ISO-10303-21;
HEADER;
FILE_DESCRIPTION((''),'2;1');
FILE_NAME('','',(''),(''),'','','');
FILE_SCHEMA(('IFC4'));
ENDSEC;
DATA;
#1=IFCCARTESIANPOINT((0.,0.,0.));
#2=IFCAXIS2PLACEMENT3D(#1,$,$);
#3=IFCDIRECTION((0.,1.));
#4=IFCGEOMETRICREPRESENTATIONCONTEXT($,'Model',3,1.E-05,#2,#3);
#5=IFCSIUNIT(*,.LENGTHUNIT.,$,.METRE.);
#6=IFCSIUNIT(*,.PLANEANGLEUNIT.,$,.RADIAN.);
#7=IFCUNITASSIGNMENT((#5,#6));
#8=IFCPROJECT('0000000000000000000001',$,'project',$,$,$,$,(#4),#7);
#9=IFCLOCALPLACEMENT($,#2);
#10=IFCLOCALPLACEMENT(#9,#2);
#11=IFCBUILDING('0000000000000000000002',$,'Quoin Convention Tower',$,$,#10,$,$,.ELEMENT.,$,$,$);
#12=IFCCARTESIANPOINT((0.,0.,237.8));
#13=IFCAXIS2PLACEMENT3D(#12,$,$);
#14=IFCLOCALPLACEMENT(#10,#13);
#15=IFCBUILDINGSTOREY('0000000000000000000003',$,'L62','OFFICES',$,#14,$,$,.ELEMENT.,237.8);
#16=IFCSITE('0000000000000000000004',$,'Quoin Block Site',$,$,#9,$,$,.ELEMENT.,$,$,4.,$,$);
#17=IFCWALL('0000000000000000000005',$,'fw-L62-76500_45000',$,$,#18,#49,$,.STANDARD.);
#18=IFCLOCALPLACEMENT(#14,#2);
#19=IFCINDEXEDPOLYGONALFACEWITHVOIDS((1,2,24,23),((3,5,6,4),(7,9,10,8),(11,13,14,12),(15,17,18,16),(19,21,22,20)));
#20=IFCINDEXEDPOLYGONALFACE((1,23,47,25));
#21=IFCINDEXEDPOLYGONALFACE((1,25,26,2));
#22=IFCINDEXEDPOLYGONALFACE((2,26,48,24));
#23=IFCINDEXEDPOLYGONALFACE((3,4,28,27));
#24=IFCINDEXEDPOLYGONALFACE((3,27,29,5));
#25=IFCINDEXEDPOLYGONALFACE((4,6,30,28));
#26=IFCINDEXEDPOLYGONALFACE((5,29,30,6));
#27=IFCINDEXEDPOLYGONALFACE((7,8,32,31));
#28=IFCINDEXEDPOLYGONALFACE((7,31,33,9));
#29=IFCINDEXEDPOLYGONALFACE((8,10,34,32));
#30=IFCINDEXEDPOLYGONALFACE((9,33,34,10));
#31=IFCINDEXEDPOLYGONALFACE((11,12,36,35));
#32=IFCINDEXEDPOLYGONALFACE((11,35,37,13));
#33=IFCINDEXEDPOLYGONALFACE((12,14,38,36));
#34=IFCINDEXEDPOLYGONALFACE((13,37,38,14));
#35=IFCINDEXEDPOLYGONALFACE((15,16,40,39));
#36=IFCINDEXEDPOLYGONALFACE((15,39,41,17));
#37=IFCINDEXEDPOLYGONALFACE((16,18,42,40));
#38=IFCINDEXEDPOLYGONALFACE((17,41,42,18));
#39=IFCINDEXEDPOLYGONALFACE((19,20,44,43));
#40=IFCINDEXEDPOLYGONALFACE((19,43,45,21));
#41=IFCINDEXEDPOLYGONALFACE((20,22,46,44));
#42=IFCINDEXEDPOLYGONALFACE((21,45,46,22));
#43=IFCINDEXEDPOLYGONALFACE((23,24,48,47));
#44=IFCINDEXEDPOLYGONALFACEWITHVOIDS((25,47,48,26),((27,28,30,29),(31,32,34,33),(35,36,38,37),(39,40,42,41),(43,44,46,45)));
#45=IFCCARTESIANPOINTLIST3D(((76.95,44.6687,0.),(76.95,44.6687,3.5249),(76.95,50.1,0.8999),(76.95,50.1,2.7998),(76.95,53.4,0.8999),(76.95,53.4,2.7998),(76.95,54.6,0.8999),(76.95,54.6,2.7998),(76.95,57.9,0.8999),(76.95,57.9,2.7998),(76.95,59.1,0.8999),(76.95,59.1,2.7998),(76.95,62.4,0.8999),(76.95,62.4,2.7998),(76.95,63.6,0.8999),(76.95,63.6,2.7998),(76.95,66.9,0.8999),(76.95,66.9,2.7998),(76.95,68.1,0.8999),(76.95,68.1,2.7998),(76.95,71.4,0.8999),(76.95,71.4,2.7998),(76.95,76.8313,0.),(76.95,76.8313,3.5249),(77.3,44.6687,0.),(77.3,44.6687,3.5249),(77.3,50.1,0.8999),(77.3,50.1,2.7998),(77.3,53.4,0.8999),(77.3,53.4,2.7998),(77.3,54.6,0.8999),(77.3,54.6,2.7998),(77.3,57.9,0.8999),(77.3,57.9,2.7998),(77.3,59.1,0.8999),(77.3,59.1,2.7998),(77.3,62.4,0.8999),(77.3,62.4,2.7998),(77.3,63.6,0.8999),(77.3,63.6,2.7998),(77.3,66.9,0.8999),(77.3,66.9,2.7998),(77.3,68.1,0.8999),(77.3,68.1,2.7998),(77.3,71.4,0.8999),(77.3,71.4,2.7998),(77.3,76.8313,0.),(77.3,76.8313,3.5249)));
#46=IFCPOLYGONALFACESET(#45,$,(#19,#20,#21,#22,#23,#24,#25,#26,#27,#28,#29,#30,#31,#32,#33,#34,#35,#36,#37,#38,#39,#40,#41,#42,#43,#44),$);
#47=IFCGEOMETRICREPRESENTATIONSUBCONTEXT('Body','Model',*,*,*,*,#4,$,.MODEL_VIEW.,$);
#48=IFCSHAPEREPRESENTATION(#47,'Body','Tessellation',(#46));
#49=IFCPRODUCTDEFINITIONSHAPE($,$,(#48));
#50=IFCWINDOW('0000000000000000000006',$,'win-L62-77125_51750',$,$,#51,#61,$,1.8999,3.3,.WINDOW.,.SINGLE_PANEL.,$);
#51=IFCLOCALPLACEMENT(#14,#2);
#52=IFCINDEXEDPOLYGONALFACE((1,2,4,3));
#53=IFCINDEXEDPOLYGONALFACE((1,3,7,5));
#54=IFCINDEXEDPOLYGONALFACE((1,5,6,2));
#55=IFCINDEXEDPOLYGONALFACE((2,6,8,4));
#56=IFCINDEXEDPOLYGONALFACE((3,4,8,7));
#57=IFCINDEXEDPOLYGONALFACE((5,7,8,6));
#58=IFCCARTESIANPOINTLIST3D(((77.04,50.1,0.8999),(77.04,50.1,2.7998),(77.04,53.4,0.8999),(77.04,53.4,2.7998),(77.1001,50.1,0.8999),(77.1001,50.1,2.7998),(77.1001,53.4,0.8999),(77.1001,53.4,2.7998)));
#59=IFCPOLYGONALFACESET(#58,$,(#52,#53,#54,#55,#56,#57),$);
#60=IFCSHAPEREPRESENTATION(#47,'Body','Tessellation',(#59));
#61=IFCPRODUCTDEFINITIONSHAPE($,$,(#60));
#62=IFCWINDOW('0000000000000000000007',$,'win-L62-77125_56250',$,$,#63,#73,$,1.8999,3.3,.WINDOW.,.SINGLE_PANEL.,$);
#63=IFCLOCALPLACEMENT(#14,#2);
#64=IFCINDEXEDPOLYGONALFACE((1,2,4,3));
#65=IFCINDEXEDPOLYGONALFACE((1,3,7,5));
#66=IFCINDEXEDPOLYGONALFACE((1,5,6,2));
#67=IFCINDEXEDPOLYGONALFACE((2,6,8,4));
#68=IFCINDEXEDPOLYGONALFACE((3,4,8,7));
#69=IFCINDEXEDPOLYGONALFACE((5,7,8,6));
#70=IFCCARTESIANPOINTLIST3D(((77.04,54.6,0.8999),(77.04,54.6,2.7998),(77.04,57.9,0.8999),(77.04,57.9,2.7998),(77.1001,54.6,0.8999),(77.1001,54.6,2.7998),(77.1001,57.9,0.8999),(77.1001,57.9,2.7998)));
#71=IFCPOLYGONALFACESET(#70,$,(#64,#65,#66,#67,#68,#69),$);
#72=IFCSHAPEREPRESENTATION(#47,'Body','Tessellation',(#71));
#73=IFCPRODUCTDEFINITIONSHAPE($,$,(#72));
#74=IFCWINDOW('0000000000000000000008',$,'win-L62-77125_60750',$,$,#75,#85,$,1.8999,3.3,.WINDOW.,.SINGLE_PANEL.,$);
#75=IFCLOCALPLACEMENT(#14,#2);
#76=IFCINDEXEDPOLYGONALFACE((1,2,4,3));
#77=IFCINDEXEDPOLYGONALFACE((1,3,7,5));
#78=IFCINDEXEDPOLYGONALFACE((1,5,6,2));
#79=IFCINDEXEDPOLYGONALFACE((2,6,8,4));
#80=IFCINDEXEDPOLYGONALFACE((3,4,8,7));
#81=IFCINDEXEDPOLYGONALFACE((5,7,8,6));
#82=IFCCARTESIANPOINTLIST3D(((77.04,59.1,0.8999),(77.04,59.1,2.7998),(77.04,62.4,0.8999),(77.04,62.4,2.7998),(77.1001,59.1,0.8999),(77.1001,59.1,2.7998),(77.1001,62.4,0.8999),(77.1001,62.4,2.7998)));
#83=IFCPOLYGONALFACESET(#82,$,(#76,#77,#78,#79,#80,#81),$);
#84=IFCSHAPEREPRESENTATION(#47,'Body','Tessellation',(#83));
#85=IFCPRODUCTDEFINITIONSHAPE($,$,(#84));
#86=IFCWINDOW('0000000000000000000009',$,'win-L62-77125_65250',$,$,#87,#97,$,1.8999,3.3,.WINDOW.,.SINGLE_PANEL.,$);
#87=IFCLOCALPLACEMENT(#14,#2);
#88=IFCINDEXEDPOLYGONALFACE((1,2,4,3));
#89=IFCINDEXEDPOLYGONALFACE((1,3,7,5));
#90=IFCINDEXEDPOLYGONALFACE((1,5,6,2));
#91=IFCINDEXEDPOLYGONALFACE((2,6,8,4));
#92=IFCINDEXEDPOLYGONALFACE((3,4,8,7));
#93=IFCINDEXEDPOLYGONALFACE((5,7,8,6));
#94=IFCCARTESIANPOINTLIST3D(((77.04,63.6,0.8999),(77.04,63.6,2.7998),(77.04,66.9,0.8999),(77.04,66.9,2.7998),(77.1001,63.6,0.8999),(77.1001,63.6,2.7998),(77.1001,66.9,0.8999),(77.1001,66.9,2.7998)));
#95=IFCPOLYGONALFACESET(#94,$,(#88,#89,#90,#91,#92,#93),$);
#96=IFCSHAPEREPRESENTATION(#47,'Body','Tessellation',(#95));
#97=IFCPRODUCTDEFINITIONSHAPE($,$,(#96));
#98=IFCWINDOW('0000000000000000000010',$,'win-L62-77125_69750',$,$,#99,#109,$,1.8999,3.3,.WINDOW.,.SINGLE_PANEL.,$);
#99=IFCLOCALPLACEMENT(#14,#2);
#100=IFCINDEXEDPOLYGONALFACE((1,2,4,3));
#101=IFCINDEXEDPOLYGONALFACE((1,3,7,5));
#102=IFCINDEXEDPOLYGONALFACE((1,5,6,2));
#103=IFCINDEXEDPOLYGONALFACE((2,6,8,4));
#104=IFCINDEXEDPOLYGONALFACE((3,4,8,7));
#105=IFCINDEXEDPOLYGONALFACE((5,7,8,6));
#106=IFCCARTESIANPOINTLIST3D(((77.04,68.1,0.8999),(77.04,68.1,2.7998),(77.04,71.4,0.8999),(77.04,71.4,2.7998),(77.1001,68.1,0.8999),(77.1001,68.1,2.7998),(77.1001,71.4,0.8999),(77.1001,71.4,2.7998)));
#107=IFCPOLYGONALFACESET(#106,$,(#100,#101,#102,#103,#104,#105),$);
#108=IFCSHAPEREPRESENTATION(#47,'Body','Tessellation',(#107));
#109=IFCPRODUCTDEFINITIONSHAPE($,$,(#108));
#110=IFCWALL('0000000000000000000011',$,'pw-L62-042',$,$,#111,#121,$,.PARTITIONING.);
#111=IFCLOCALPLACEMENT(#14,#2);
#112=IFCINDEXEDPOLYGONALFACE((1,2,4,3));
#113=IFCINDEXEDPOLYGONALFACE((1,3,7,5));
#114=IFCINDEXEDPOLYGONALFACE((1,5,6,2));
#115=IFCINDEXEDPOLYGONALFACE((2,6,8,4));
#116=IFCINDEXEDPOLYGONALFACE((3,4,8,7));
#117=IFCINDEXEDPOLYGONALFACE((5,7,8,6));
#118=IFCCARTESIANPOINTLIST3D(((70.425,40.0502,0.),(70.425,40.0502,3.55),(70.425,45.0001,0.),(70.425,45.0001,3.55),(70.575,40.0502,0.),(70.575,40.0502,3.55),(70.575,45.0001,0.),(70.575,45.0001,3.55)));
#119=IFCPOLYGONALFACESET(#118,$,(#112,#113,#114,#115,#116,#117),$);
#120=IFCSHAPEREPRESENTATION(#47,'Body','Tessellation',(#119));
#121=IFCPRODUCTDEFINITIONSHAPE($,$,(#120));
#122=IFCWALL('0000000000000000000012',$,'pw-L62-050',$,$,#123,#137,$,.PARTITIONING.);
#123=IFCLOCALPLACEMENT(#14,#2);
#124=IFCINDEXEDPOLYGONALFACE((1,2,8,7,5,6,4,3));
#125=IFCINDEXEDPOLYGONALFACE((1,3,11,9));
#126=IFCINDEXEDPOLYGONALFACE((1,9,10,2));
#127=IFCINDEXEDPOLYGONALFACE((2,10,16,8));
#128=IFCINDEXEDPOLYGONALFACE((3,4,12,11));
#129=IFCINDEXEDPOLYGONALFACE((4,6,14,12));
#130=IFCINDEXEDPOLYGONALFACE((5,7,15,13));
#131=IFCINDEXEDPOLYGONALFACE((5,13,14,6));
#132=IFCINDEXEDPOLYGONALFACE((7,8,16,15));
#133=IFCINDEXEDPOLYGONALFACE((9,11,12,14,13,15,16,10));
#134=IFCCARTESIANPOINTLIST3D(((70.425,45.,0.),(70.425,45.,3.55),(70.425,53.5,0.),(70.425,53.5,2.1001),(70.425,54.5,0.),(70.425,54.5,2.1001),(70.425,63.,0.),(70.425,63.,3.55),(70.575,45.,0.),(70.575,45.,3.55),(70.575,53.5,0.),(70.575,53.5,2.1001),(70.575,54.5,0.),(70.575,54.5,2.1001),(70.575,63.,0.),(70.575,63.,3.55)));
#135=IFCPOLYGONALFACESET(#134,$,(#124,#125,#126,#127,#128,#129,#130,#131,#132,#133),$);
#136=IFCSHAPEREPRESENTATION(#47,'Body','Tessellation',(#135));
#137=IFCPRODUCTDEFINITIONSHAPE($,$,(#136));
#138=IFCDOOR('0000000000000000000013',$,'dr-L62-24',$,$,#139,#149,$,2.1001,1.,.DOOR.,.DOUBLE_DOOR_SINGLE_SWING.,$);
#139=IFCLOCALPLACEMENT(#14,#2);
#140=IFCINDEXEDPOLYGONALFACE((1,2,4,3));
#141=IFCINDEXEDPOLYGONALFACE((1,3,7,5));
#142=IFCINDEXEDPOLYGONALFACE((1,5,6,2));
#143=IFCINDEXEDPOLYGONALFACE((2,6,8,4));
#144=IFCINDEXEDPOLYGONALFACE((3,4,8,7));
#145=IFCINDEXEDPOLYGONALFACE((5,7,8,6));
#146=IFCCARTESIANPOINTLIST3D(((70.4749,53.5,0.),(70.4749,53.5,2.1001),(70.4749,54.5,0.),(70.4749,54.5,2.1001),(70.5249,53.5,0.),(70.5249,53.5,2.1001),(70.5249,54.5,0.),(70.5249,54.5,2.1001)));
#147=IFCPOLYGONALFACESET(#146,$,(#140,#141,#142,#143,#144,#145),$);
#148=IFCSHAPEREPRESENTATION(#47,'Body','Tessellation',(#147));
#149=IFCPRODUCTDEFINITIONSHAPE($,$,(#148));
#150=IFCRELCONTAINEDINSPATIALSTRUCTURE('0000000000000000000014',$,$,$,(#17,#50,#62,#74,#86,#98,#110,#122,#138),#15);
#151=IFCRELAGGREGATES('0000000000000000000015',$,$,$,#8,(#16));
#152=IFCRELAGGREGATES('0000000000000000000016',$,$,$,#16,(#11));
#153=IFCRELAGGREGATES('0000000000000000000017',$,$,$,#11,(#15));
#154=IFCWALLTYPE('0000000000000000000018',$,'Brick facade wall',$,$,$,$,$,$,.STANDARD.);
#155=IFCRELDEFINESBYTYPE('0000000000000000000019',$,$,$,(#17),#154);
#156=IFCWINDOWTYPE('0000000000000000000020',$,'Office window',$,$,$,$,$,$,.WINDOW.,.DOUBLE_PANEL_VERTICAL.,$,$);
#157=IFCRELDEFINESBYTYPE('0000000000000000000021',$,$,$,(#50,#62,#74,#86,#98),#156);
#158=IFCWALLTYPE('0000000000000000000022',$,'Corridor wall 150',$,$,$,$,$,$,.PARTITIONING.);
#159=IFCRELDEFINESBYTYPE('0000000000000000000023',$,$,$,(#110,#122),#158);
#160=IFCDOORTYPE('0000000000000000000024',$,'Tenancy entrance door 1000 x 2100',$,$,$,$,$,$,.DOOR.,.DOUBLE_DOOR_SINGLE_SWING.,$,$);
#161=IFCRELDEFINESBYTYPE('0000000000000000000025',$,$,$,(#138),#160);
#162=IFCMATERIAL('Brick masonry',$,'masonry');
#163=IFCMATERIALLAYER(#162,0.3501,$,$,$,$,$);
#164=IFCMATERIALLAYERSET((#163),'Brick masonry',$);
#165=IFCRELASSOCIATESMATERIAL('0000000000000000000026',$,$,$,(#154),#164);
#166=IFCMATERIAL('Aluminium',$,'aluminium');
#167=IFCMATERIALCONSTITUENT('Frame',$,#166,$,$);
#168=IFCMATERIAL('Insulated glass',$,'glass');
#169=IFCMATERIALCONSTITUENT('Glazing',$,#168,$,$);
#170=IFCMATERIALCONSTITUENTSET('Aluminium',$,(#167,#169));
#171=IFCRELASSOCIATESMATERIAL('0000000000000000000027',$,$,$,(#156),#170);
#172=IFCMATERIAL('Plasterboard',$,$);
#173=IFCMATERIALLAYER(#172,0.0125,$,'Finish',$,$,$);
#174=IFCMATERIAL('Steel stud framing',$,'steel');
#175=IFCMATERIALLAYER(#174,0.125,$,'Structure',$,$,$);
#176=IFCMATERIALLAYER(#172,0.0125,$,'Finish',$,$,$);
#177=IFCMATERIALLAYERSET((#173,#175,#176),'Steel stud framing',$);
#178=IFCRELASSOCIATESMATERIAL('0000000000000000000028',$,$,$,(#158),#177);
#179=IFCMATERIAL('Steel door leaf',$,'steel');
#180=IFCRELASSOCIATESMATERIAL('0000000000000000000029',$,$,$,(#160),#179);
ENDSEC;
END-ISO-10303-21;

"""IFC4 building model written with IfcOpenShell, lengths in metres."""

from ifc_helpers import new_model, si_unit, direction, frame, frame_2d, origin, place, context, subcontext, project, spatial, rectangle, extrude, material, layer, layer_set, constituent, constituent_set, type_object, element, fill, save


model = new_model("IFC4")

# Units and contexts
model_context = context("Model", 3, precision=1e-05, world=origin(), true_north=direction((0.0, 1.0)))
body_context = subcontext(model_context, "Body", "Model", "MODEL_VIEW")
ifc_project = project(units=[si_unit("LENGTHUNIT", "METRE"), si_unit("PLANEANGLEUNIT", "RADIAN")], contexts=[model_context])

# Site, building, storey
site_placement = place(None, origin())
site = spatial("IfcSite", under=ifc_project, at=site_placement, Name="Quoin Block Site", CompositionType="ELEMENT", RefElevation=4.0)
building_placement = place(site_placement, origin())
building = spatial("IfcBuilding", under=site, at=building_placement, Name="Quoin Convention Tower", CompositionType="ELEMENT")
storey_placement = place(building_placement, frame((0.0, 0.0, 237.8)))
storey = spatial("IfcBuildingStorey", under=building, at=storey_placement, Name="L62", Description="OFFICES", CompositionType="ELEMENT", Elevation=237.8)

# Shared definitions
ifc_material_1 = material(Name="Brick masonry", Category="masonry")
ifc_layer_1 = layer(ifc_material_1, 0.3501)
ifc_layer_set_1 = layer_set([ifc_layer_1], Name="Brick masonry")
wall_type_1 = type_object("IfcWallType", Name="Brick facade wall", PredefinedType="STANDARD", material=ifc_layer_set_1)
ifc_material_2 = material(Name="Aluminium", Category="aluminium")
ifc_constituent_1 = constituent(ifc_material_2, Name="Frame")
ifc_material_3 = material(Name="Insulated glass", Category="glass")
ifc_constituent_2 = constituent(ifc_material_3, Name="Glazing")
ifc_constituent_set = constituent_set(constituents=[ifc_constituent_1, ifc_constituent_2], Name="Aluminium")
window_type = type_object("IfcWindowType", Name="Office window", PartitioningType="DOUBLE_PANEL_VERTICAL", PredefinedType="WINDOW", material=ifc_constituent_set)

# Wall, openings, windows
wall_1_placement = place(storey_placement, frame((77.125, 44.6687, 0.0), z_axis=(0.0, 0.0, 1.0), x_axis=(0.0, 1.0, 0.0)))
wall_1 = element("IfcWall", 1, at=wall_1_placement, inside=storey, type_object=wall_type_1, Name="fw-L62-76500_45000", PredefinedType="STANDARD", context=body_context, shape_type="SweptSolid", body=[
    extrude(rectangle(XDim=32.1626, YDim=0.3501, at=frame_2d((16.0813, 0.0))), origin(), (0.0, 0.0, 1.0), 3.5249),
])
opening_1_placement = place(wall_1_placement, frame((5.4314, 0.0, 0.8999)))
opening_1 = element("IfcOpeningElement", 2, at=opening_1_placement, cuts=wall_1, PredefinedType="OPENING", context=body_context, shape_type="SweptSolid", body=[
    extrude(rectangle(XDim=3.3, YDim=1.8999, at=frame_2d((1.6499, 0.95))), frame((0.0, 0.1851, 0.0), z_axis=(0.0, -1.0, 0.0), x_axis=(1.0, 0.0, 0.0)), (0.0, 0.0, 1.0), 0.3701),
])
opening_2_placement = place(wall_1_placement, frame((9.9314, 0.0, 0.8999)))
opening_2 = element("IfcOpeningElement", 3, at=opening_2_placement, cuts=wall_1, PredefinedType="OPENING", context=body_context, shape_type="SweptSolid", body=[
    extrude(rectangle(XDim=3.3, YDim=1.8999, at=frame_2d((1.6499, 0.95))), frame((0.0, 0.1851, 0.0), z_axis=(0.0, -1.0, 0.0), x_axis=(1.0, 0.0, 0.0)), (0.0, 0.0, 1.0), 0.3701),
])
opening_3_placement = place(wall_1_placement, frame((14.4314, 0.0, 0.8999)))
opening_3 = element("IfcOpeningElement", 4, at=opening_3_placement, cuts=wall_1, PredefinedType="OPENING", context=body_context, shape_type="SweptSolid", body=[
    extrude(rectangle(XDim=3.3, YDim=1.8999, at=frame_2d((1.6499, 0.95))), frame((0.0, 0.1851, 0.0), z_axis=(0.0, -1.0, 0.0), x_axis=(1.0, 0.0, 0.0)), (0.0, 0.0, 1.0), 0.3701),
])
opening_4_placement = place(wall_1_placement, frame((18.9314, 0.0, 0.8999)))
opening_4 = element("IfcOpeningElement", 5, at=opening_4_placement, cuts=wall_1, PredefinedType="OPENING", context=body_context, shape_type="SweptSolid", body=[
    extrude(rectangle(XDim=3.3, YDim=1.8999, at=frame_2d((1.6499, 0.95))), frame((0.0, 0.1851, 0.0), z_axis=(0.0, -1.0, 0.0), x_axis=(1.0, 0.0, 0.0)), (0.0, 0.0, 1.0), 0.3701),
])
opening_5_placement = place(wall_1_placement, frame((23.4314, 0.0, 0.8999)))
opening_5 = element("IfcOpeningElement", 6, at=opening_5_placement, cuts=wall_1, PredefinedType="OPENING", context=body_context, shape_type="SweptSolid", body=[
    extrude(rectangle(XDim=3.3, YDim=1.8999, at=frame_2d((1.6499, 0.95))), frame((0.0, 0.1851, 0.0), z_axis=(0.0, -1.0, 0.0), x_axis=(1.0, 0.0, 0.0)), (0.0, 0.0, 1.0), 0.3701),
])
window_1_placement = place(opening_1_placement, origin())
window_1 = element("IfcWindow", 7, at=window_1_placement, inside=storey, type_object=window_type, Name="win-L62-77125_51750", OverallHeight=1.8999, OverallWidth=3.3, PartitioningType="SINGLE_PANEL", PredefinedType="WINDOW", context=body_context, shape_type="SweptSolid", body=[
    extrude(rectangle(XDim=3.3, YDim=1.8999, at=frame_2d((1.6499, 0.95))), frame((0.0, 0.085, 0.0), z_axis=(0.0, -1.0, 0.0), x_axis=(1.0, 0.0, 0.0)), (0.0, 0.0, 1.0), 0.0601),
])
fill(opening_1, window_1)
window_2_placement = place(opening_2_placement, origin())
window_2 = element("IfcWindow", 8, at=window_2_placement, inside=storey, type_object=window_type, Name="win-L62-77125_56250", OverallHeight=1.8999, OverallWidth=3.3, PartitioningType="SINGLE_PANEL", PredefinedType="WINDOW", context=body_context, shape_type="SweptSolid", body=[
    extrude(rectangle(XDim=3.3, YDim=1.8999, at=frame_2d((1.6499, 0.95))), frame((0.0, 0.085, 0.0), z_axis=(0.0, -1.0, 0.0), x_axis=(1.0, 0.0, 0.0)), (0.0, 0.0, 1.0), 0.0601),
])
fill(opening_2, window_2)
window_3_placement = place(opening_3_placement, origin())
window_3 = element("IfcWindow", 9, at=window_3_placement, inside=storey, type_object=window_type, Name="win-L62-77125_60750", OverallHeight=1.8999, OverallWidth=3.3, PartitioningType="SINGLE_PANEL", PredefinedType="WINDOW", context=body_context, shape_type="SweptSolid", body=[
    extrude(rectangle(XDim=3.3, YDim=1.8999, at=frame_2d((1.6499, 0.95))), frame((0.0, 0.085, 0.0), z_axis=(0.0, -1.0, 0.0), x_axis=(1.0, 0.0, 0.0)), (0.0, 0.0, 1.0), 0.0601),
])
fill(opening_3, window_3)
window_4_placement = place(opening_4_placement, origin())
window_4 = element("IfcWindow", 10, at=window_4_placement, inside=storey, type_object=window_type, Name="win-L62-77125_65250", OverallHeight=1.8999, OverallWidth=3.3, PartitioningType="SINGLE_PANEL", PredefinedType="WINDOW", context=body_context, shape_type="SweptSolid", body=[
    extrude(rectangle(XDim=3.3, YDim=1.8999, at=frame_2d((1.6499, 0.95))), frame((0.0, 0.085, 0.0), z_axis=(0.0, -1.0, 0.0), x_axis=(1.0, 0.0, 0.0)), (0.0, 0.0, 1.0), 0.0601),
])
fill(opening_4, window_4)
window_5_placement = place(opening_5_placement, origin())
window_5 = element("IfcWindow", 11, at=window_5_placement, inside=storey, type_object=window_type, Name="win-L62-77125_69750", OverallHeight=1.8999, OverallWidth=3.3, PartitioningType="SINGLE_PANEL", PredefinedType="WINDOW", context=body_context, shape_type="SweptSolid", body=[
    extrude(rectangle(XDim=3.3, YDim=1.8999, at=frame_2d((1.6499, 0.95))), frame((0.0, 0.085, 0.0), z_axis=(0.0, -1.0, 0.0), x_axis=(1.0, 0.0, 0.0)), (0.0, 0.0, 1.0), 0.0601),
])
fill(opening_5, window_5)

# Wall
ifc_material_4 = material(Name="Plasterboard")
ifc_layer_2 = layer(ifc_material_4, 0.0125, Name="Finish")
ifc_material_5 = material(Name="Steel stud framing", Category="steel")
ifc_layer_3 = layer(ifc_material_5, 0.125, Name="Structure")
ifc_layer_4 = layer(ifc_material_4, 0.0125, Name="Finish")
ifc_layer_set_2 = layer_set([ifc_layer_2, ifc_layer_3, ifc_layer_4], Name="Steel stud framing")
wall_type_2 = type_object("IfcWallType", Name="Corridor wall 150", PredefinedType="PARTITIONING", material=ifc_layer_set_2)
wall_2_placement = place(storey_placement, frame((70.5, 40.05, 0.0), z_axis=(0.0, 0.0, 1.0), x_axis=(0.0, 1.0, 0.0)))
element("IfcWall", 12, at=wall_2_placement, inside=storey, type_object=wall_type_2, Name="pw-L62-042", PredefinedType="PARTITIONING", context=body_context, shape_type="SweptSolid", body=[
    extrude(rectangle(XDim=4.95, YDim=0.1499, at=frame_2d((2.4751, 0.0))), origin(), (0.0, 0.0, 1.0), 3.55),
])

# Wall, opening, door
wall_3_placement = place(storey_placement, frame((70.5, 45.0, 0.0), z_axis=(0.0, 0.0, 1.0), x_axis=(0.0, 1.0, 0.0)))
wall_3 = element("IfcWall", 13, at=wall_3_placement, inside=storey, type_object=wall_type_2, Name="pw-L62-050", PredefinedType="PARTITIONING", context=body_context, shape_type="SweptSolid", body=[
    extrude(rectangle(XDim=18.0, YDim=0.1499, at=frame_2d((9.0, 0.0))), origin(), (0.0, 0.0, 1.0), 3.55),
])
opening_6_placement = place(wall_3_placement, frame((8.5, 0.0, 0.0)))
opening_6 = element("IfcOpeningElement", 14, at=opening_6_placement, cuts=wall_3, PredefinedType="OPENING", context=body_context, shape_type="SweptSolid", body=[
    extrude(rectangle(XDim=1.0, YDim=2.1001, at=frame_2d((0.5, 1.05))), frame((0.0, 0.085, 0.0), z_axis=(0.0, -1.0, 0.0), x_axis=(1.0, 0.0, 0.0)), (0.0, 0.0, 1.0), 0.1699),
])
ifc_material_6 = material(Name="Steel door leaf", Category="steel")
door_type_1 = type_object("IfcDoorType", Name="Tenancy entrance door 1000 x 2100", OperationType="DOUBLE_DOOR_SINGLE_SWING", PredefinedType="DOOR", material=ifc_material_6)
door_1_placement = place(opening_6_placement, frame((1.0, 0.0, 0.0), z_axis=(0.0, 0.0, 1.0), x_axis=(-1.0, 0.0, 0.0)))
door_1 = element("IfcDoor", 15, at=door_1_placement, inside=storey, type_object=door_type_1, Name="dr-L62-24", OperationType="DOUBLE_DOOR_SINGLE_SWING", OverallHeight=2.1001, OverallWidth=1.0, PredefinedType="DOOR", context=body_context, shape_type="SweptSolid", body=[
    extrude(rectangle(XDim=1.0, YDim=2.1001, at=frame_2d((0.5, 1.05))), frame((0.0, 0.0249, 0.0), z_axis=(0.0, -1.0, 0.0), x_axis=(1.0, 0.0, 0.0)), (0.0, 0.0, 1.0), 0.05),
])
fill(opening_6, door_1)

save(model, "model.ifc")
